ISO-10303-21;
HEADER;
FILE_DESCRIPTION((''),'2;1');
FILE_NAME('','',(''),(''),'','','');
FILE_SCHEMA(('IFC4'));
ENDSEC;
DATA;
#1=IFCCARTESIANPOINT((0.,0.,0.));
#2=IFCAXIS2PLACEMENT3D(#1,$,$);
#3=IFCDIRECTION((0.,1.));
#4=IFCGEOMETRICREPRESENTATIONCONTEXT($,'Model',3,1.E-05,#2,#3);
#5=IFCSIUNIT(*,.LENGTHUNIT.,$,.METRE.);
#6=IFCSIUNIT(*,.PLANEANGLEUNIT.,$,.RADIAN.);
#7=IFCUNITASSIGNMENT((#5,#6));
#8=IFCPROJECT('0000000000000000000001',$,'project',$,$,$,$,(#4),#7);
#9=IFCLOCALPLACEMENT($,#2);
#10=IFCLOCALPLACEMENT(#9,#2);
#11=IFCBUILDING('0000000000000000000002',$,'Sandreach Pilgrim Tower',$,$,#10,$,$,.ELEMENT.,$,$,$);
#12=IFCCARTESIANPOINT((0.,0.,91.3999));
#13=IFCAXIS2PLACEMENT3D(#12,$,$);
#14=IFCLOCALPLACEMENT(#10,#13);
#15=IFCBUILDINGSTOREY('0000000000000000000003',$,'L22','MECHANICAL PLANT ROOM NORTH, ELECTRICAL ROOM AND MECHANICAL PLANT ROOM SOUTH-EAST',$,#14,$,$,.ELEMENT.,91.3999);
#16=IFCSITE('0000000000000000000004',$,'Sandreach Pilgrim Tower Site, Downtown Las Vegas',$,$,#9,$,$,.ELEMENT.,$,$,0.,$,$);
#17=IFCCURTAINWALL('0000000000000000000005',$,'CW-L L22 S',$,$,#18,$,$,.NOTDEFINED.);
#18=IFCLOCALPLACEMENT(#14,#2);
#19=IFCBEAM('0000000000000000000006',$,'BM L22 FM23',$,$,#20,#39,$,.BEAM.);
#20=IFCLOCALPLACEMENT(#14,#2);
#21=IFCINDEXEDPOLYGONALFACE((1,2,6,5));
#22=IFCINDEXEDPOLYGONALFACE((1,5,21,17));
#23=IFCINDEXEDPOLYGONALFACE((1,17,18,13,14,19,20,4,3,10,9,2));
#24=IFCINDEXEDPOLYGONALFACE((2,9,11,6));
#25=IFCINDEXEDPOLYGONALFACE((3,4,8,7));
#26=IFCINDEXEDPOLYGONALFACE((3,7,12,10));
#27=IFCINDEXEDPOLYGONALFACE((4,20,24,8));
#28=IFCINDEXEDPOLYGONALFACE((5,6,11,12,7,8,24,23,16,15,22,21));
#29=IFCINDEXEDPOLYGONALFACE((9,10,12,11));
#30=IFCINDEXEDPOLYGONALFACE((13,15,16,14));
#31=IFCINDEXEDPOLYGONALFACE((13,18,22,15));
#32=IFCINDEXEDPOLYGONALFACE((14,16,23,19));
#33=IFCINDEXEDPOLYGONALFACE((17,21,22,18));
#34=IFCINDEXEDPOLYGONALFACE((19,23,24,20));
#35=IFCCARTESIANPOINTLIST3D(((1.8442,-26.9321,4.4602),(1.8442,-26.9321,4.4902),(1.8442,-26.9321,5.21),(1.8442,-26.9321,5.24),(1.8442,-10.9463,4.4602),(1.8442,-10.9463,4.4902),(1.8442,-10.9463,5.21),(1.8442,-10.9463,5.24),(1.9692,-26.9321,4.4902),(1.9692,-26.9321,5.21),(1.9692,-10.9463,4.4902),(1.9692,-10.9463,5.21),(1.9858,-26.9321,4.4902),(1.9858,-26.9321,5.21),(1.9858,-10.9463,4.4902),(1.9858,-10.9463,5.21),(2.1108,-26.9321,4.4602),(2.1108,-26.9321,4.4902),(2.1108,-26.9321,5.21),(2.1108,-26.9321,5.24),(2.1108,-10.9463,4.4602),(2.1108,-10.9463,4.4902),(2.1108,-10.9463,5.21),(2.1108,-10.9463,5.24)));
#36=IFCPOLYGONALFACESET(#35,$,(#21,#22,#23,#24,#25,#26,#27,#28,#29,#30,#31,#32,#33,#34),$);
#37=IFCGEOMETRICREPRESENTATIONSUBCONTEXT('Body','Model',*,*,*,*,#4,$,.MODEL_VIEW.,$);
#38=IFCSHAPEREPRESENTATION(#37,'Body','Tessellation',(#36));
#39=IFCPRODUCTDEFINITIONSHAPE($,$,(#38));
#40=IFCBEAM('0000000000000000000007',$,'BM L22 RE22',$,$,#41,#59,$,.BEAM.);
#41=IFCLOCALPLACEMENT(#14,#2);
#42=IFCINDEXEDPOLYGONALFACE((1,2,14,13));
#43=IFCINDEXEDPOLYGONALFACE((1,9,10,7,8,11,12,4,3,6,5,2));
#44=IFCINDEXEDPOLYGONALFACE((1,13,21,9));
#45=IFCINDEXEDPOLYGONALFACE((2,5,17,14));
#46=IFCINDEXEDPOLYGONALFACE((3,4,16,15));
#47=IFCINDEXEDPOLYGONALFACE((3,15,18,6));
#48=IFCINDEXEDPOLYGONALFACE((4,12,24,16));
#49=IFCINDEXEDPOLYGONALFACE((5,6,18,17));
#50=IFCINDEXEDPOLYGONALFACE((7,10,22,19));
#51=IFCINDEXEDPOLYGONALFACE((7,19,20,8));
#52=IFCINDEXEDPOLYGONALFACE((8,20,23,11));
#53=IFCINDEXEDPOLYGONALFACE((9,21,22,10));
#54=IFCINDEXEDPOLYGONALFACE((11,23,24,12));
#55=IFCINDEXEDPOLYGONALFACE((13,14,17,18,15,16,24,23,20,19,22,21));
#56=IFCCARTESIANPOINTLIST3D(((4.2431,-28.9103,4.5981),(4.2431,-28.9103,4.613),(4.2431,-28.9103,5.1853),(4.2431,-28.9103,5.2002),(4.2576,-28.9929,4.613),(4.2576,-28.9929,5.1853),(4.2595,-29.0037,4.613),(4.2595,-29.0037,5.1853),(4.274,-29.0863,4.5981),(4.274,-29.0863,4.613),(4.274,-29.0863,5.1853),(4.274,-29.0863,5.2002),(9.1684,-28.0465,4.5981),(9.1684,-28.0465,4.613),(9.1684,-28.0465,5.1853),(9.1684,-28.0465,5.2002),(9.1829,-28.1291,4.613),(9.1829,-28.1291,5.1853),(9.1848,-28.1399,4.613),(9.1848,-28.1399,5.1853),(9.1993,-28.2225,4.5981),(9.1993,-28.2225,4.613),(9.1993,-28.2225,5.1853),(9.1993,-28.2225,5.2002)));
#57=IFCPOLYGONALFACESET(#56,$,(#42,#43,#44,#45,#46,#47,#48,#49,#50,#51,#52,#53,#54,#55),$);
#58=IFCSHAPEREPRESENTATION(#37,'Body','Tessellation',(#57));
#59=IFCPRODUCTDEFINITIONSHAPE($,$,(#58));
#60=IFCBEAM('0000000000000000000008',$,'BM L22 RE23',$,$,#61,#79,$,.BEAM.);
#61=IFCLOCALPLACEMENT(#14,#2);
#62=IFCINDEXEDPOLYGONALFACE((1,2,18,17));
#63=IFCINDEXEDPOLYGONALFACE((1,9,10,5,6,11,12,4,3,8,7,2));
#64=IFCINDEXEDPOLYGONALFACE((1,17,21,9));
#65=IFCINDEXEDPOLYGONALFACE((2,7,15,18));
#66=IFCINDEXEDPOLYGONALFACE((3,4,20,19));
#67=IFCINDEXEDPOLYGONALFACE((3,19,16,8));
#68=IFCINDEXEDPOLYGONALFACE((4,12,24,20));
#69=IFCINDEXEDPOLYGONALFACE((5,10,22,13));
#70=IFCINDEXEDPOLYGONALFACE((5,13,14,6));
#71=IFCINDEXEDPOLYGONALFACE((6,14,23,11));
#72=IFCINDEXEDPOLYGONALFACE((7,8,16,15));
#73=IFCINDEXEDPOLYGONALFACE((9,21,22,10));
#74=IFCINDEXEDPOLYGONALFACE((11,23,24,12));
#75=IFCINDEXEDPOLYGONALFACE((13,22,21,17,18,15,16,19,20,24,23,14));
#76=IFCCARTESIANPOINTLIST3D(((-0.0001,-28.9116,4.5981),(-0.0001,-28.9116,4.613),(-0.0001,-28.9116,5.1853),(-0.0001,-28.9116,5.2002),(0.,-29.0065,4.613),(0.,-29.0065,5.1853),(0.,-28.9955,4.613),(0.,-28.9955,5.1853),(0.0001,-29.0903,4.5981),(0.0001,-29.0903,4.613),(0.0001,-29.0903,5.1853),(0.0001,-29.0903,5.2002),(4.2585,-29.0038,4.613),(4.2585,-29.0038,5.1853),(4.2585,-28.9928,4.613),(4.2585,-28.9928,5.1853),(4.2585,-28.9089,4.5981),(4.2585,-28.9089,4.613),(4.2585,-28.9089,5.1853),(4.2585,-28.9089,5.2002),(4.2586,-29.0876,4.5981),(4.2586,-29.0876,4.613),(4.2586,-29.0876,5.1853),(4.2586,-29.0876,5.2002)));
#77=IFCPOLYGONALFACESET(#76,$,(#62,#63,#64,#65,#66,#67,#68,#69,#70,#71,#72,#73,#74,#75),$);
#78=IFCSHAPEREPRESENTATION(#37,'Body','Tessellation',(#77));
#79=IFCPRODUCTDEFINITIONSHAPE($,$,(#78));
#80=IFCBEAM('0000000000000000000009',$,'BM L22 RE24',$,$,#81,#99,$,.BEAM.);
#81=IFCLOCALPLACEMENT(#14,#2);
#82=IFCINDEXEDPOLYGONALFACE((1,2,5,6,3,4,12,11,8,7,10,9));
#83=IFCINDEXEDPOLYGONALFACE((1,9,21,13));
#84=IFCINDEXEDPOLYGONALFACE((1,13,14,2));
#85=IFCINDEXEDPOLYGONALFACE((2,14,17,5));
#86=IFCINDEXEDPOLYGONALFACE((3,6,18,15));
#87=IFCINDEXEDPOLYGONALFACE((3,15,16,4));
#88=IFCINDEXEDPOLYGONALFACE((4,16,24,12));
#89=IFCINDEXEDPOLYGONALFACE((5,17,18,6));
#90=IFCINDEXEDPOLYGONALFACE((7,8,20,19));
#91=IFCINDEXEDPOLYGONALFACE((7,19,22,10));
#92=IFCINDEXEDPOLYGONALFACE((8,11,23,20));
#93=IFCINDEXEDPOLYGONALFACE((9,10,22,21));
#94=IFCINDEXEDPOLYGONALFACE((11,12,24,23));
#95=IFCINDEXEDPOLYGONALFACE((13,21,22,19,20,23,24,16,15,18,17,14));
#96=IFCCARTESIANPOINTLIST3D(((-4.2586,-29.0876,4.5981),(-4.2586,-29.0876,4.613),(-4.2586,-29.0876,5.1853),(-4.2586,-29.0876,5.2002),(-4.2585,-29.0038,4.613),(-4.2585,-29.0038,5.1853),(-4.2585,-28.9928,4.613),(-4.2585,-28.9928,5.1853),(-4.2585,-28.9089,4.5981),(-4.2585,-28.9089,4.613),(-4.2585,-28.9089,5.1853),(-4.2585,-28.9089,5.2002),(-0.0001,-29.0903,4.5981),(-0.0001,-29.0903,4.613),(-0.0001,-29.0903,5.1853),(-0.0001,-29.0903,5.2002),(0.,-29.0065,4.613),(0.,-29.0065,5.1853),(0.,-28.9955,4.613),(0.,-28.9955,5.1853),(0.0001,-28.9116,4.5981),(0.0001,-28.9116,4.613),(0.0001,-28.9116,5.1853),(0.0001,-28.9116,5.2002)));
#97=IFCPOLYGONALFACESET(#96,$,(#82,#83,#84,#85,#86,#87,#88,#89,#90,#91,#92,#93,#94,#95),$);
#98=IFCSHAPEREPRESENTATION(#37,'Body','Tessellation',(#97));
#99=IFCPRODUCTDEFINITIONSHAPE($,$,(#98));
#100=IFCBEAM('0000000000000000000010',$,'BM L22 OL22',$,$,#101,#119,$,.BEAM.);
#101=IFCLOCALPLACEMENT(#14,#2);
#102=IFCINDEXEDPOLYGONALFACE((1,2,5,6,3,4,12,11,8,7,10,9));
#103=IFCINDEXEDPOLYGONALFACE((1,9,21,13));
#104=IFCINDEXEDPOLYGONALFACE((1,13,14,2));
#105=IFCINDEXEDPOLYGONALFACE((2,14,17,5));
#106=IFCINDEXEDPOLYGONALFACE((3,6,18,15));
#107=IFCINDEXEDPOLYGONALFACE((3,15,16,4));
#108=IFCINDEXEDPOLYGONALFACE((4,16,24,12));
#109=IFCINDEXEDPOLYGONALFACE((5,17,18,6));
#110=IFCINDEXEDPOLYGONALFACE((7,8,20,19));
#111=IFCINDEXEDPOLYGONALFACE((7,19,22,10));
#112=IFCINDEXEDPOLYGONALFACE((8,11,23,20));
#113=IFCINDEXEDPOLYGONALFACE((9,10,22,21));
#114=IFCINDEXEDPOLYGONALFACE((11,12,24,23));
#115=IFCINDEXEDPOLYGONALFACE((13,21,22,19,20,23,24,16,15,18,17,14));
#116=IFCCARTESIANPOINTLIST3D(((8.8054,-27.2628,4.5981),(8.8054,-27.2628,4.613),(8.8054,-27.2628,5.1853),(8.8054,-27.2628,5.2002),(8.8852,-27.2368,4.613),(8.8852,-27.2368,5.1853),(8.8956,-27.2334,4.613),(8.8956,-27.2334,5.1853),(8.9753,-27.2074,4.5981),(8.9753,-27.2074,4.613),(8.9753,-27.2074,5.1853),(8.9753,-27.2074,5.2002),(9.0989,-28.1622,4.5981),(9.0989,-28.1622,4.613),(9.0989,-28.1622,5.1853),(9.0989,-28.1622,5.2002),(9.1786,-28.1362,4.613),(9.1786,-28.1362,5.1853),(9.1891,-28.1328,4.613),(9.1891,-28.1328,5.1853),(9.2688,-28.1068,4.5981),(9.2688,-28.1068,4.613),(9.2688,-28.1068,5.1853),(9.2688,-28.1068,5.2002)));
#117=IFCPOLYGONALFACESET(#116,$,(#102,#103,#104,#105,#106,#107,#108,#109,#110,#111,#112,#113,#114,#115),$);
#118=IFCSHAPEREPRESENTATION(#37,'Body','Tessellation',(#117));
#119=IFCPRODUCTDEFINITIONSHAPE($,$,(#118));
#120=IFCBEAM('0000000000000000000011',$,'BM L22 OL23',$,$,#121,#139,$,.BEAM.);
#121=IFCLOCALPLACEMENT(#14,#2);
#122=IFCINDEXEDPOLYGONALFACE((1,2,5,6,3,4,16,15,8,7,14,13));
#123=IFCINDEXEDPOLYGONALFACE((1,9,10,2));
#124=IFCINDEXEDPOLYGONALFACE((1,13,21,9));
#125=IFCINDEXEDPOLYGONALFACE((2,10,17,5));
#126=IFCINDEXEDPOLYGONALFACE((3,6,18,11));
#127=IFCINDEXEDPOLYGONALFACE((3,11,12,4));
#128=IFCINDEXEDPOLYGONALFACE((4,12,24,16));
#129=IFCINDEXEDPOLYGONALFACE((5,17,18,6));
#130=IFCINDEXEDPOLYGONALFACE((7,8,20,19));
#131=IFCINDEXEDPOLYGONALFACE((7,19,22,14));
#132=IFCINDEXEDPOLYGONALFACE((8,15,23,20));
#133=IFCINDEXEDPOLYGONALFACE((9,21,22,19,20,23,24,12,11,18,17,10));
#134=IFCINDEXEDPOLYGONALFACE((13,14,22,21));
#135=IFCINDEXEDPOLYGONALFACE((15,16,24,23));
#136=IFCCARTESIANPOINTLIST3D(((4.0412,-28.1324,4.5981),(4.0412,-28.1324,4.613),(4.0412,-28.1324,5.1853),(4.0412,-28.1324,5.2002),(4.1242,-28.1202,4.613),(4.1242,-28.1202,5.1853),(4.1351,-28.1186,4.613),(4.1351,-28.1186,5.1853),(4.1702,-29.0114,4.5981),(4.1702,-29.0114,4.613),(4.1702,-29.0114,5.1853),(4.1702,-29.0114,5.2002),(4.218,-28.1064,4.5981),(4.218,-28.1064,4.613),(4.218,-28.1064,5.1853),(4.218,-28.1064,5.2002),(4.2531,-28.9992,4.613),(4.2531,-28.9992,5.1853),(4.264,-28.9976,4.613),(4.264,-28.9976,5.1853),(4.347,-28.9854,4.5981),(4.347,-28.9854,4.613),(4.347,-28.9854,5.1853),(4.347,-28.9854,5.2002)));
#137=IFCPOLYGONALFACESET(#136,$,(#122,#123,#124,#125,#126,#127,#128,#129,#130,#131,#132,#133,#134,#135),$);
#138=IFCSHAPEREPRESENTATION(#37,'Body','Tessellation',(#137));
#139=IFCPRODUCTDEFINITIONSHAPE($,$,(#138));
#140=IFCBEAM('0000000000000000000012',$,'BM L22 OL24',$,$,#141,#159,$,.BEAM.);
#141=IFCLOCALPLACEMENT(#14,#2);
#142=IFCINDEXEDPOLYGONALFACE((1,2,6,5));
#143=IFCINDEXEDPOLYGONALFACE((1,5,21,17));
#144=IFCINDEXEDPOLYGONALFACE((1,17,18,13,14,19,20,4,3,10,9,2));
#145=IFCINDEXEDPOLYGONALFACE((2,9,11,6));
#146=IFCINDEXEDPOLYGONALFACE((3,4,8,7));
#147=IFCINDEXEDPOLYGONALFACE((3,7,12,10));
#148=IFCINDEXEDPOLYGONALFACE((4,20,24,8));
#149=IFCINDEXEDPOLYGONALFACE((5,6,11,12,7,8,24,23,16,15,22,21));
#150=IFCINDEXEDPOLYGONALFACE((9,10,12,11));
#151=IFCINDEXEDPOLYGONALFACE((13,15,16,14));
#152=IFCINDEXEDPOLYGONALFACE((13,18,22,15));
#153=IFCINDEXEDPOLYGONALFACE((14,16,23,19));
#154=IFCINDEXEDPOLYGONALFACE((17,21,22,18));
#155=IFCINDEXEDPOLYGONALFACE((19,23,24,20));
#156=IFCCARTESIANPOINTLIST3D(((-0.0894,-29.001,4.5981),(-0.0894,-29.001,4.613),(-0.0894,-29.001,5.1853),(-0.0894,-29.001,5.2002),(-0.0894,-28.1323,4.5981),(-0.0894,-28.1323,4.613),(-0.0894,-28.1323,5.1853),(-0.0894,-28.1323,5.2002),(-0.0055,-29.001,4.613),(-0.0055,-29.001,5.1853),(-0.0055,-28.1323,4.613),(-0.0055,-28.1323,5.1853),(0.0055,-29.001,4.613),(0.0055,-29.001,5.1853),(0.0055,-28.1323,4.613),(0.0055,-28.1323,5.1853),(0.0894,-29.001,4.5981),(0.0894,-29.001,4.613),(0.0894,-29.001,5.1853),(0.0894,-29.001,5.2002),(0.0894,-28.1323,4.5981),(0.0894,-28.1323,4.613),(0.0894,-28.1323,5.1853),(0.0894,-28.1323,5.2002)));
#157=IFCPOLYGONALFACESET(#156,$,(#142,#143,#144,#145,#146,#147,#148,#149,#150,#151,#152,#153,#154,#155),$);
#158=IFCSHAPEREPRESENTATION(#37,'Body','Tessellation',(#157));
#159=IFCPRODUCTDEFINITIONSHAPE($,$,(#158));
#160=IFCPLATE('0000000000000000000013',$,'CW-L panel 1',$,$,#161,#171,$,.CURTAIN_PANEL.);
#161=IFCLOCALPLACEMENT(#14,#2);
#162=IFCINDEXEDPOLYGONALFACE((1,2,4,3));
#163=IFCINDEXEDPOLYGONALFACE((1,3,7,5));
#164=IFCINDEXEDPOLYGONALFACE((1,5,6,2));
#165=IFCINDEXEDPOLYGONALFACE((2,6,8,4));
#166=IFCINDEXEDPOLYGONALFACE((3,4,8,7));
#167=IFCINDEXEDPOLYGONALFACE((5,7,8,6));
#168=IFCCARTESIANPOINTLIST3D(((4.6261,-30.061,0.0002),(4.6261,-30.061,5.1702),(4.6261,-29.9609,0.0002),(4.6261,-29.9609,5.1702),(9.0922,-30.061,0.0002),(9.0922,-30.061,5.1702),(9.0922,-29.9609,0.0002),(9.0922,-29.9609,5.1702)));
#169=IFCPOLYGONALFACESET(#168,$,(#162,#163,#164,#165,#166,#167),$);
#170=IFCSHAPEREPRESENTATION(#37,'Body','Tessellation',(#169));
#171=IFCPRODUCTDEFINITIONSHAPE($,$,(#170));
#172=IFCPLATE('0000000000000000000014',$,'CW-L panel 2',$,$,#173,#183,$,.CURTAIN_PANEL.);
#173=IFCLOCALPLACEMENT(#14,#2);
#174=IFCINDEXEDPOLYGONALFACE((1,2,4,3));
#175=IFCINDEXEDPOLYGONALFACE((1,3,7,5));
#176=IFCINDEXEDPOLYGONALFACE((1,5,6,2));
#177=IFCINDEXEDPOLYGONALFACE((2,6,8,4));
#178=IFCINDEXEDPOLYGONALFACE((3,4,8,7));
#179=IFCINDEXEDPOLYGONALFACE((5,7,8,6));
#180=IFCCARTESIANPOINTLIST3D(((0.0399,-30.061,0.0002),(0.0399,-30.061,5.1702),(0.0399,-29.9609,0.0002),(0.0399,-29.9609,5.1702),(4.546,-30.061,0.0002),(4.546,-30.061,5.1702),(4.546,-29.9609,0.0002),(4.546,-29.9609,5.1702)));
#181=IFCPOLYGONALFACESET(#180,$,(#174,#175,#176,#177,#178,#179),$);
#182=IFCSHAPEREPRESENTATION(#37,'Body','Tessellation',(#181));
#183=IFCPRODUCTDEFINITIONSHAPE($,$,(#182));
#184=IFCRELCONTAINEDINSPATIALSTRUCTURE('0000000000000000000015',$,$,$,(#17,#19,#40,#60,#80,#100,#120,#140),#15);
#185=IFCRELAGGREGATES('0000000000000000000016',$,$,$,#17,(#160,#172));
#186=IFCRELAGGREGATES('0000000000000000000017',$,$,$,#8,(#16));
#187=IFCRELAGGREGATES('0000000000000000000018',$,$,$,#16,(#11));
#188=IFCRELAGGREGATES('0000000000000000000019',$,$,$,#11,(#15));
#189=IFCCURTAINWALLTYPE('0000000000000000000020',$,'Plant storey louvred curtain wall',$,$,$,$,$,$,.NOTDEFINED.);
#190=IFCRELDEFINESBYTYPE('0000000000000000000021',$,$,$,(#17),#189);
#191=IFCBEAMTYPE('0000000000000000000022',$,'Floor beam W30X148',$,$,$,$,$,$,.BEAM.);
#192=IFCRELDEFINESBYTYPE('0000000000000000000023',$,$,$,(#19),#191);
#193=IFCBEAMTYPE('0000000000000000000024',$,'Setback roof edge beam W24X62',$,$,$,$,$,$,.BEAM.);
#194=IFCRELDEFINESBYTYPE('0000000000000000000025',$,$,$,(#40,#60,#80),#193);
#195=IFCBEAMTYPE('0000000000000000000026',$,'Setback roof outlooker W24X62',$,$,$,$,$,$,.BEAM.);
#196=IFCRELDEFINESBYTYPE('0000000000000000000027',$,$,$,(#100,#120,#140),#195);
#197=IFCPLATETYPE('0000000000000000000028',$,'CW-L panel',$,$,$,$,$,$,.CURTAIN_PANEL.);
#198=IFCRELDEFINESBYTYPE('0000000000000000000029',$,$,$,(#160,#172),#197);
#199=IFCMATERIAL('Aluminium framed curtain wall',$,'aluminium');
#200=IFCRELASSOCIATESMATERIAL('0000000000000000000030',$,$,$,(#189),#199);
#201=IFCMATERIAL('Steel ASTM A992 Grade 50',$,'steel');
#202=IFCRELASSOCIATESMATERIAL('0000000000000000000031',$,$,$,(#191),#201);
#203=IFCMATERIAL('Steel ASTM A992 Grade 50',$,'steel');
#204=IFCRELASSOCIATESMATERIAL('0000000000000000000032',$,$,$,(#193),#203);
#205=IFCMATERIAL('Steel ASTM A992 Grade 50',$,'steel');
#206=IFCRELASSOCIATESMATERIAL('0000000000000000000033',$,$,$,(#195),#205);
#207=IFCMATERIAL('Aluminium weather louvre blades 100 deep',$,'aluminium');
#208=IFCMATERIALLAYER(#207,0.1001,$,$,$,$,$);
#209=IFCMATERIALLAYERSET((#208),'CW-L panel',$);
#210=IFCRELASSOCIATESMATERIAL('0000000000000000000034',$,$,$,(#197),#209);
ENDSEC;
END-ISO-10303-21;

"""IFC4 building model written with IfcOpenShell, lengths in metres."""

from ifc_helpers import new_model, si_unit, direction, frame, origin, origin_2d, place, context, subcontext, project, spatial, rectangle, i_section, extrude, material, layer, layer_set, material_profile, profile_set, type_object, element, aggregate, save


model = new_model("IFC4")

# Units and contexts
model_context = context("Model", 3, precision=1e-05, world=origin(), true_north=direction((0.0, 1.0)))
body_context = subcontext(model_context, "Body", "Model", "MODEL_VIEW")
ifc_project = project(units=[si_unit("LENGTHUNIT", "METRE"), si_unit("PLANEANGLEUNIT", "RADIAN")], contexts=[model_context])

# Site, building, storey
site_placement = place(None, origin())
site = spatial("IfcSite", under=ifc_project, at=site_placement, Name="Sandreach Pilgrim Tower Site, Downtown Las Vegas", CompositionType="ELEMENT", RefElevation=0.0)
building_placement = place(site_placement, origin())
building = spatial("IfcBuilding", under=site, at=building_placement, Name="Sandreach Pilgrim Tower", CompositionType="ELEMENT")
storey_placement = place(building_placement, frame((0.0, 0.0, 91.3999)))
storey = spatial("IfcBuildingStorey", under=building, at=storey_placement, Name="L22", Description="MECHANICAL PLANT ROOM NORTH, ELECTRICAL ROOM AND MECHANICAL PLANT ROOM SOUTH-EAST", CompositionType="ELEMENT", Elevation=91.3999)

# Curtain wall
ifc_material_1 = material(Name="Aluminium framed curtain wall", Category="aluminium")
curtain_wall_type = type_object("IfcCurtainWallType", Name="Plant storey louvred curtain wall", PredefinedType="NOTDEFINED", material=ifc_material_1)
curtain_wall_placement = place(storey_placement, origin())
curtain_wall = element("IfcCurtainWall", 1, at=curtain_wall_placement, inside=storey, type_object=curtain_wall_type, Name="CW-L L22 S", PredefinedType="NOTDEFINED")

# Beams
ifc_material_2 = material(Name="Steel ASTM A992 Grade 50", Category="steel")
ifc_material_profile_1 = material_profile(ifc_material_2, i_section(OverallWidth=0.2666, OverallDepth=0.7798, WebThickness=0.0166, FlangeThickness=0.03, at=origin_2d()), Name="W30X148")
ifc_profile_set_1 = profile_set([ifc_material_profile_1], Name="Steel ASTM A992 Grade 50")
beam_type_1 = type_object("IfcBeamType", Name="Floor beam W30X148", PredefinedType="BEAM", material=ifc_profile_set_1)
beam_1_placement = place(storey_placement, frame((1.9775, -26.9321, 4.8501), z_axis=(0.0, 1.0, 0.0), x_axis=(-1.0, 0.0, 0.0)))
element("IfcBeam", 2, at=beam_1_placement, inside=storey, type_object=beam_type_1, Name="BM L22 FM23", PredefinedType="BEAM", context=body_context, shape_type="SweptSolid", body=[
    extrude(i_section(OverallWidth=0.2666, OverallDepth=0.7798, WebThickness=0.0166, FlangeThickness=0.03, at=origin_2d()), origin(), (0.0, 0.0, 1.0), 15.9858),
])
ifc_material_3 = material(Name="Steel ASTM A992 Grade 50", Category="steel")
ifc_material_profile_2 = material_profile(ifc_material_3, i_section(OverallWidth=0.1787, OverallDepth=0.6021, WebThickness=0.011, FlangeThickness=0.0149, at=origin_2d()), Name="W24X62")
ifc_profile_set_2 = profile_set([ifc_material_profile_2], Name="Steel ASTM A992 Grade 50")
beam_type_2 = type_object("IfcBeamType", Name="Setback roof edge beam W24X62", PredefinedType="BEAM", material=ifc_profile_set_2)
beam_2_placement = place(storey_placement, frame((9.1838, -28.1345, 4.8992), z_axis=(-0.984968, -0.172738, 0.0), x_axis=(0.172738, -0.984968, 0.0)))
element("IfcBeam", 3, at=beam_2_placement, inside=storey, type_object=beam_type_2, Name="BM L22 RE22", PredefinedType="BEAM", context=body_context, shape_type="SweptSolid", body=[
    extrude(i_section(OverallWidth=0.1787, OverallDepth=0.6021, WebThickness=0.011, FlangeThickness=0.0149, at=origin_2d()), origin(), (0.0, 0.0, 1.0), 5.0005),
])
for number, where, z_axis, x_axis, name in (
    (4, (4.2585, -28.9983, 4.8992), (-1.0, -0.000631, 0.0), (0.000631, -1.0, 0.0), "BM L22 RE23"),
    (5, (0.0, -29.001, 4.8992), (-1.0, 0.000631, 0.0), (-0.000631, -1.0, 0.0), "BM L22 RE24"),
):
    element("IfcBeam", number, at=place(storey_placement, frame(where, z_axis=z_axis, x_axis=x_axis)), inside=storey, type_object=beam_type_2, Name=name, PredefinedType="BEAM", context=body_context, shape_type="SweptSolid", body=[
        extrude(i_section(OverallWidth=0.1787, OverallDepth=0.6021, WebThickness=0.011, FlangeThickness=0.0149, at=origin_2d()), origin(), (0.0, 0.0, 1.0), 4.2585),
    ])
ifc_material_4 = material(Name="Steel ASTM A992 Grade 50", Category="steel")
ifc_material_profile_3 = material_profile(ifc_material_4, i_section(OverallWidth=0.1787, OverallDepth=0.6021, WebThickness=0.011, FlangeThickness=0.0149, at=origin_2d()), Name="W24X62")
ifc_profile_set_3 = profile_set([ifc_material_profile_3], Name="Steel ASTM A992 Grade 50")
beam_type_3 = type_object("IfcBeamType", Name="Setback roof outlooker W24X62", PredefinedType="BEAM", material=ifc_profile_set_3)
beam_3_placement = place(storey_placement, frame((8.8904, -27.2351, 4.8992), z_axis=(0.310183, -0.950677, 0.0), x_axis=(0.950677, 0.310183, 0.0)))
element("IfcBeam", 6, at=beam_3_placement, inside=storey, type_object=beam_type_3, Name="BM L22 OL22", PredefinedType="BEAM", context=body_context, shape_type="SweptSolid", body=[
    extrude(i_section(OverallWidth=0.1787, OverallDepth=0.6021, WebThickness=0.011, FlangeThickness=0.0149, at=origin_2d()), origin(), (0.0, 0.0, 1.0), 0.946),
])
beam_4_placement = place(storey_placement, frame((4.1296, -28.1194, 4.8992), z_axis=(0.145114, -0.989415, 0.0), x_axis=(0.989415, 0.145114, 0.0)))
element("IfcBeam", 7, at=beam_4_placement, inside=storey, type_object=beam_type_3, Name="BM L22 OL23", PredefinedType="BEAM", context=body_context, shape_type="SweptSolid", body=[
    extrude(i_section(OverallWidth=0.1787, OverallDepth=0.6021, WebThickness=0.011, FlangeThickness=0.0149, at=origin_2d()), origin(), (0.0, 0.0, 1.0), 0.8884),
])
beam_5_placement = place(storey_placement, frame((0.0, -28.1323, 4.8992), z_axis=(0.0, -1.0, 0.0), x_axis=(1.0, 0.0, 0.0)))
element("IfcBeam", 8, at=beam_5_placement, inside=storey, type_object=beam_type_3, Name="BM L22 OL24", PredefinedType="BEAM", context=body_context, shape_type="SweptSolid", body=[
    extrude(i_section(OverallWidth=0.1787, OverallDepth=0.6021, WebThickness=0.011, FlangeThickness=0.0149, at=origin_2d()), origin(), (0.0, 0.0, 1.0), 0.8687),
])

# Plates
ifc_material_5 = material(Name="Aluminium weather louvre blades 100 deep", Category="aluminium")
ifc_layer_1 = layer(ifc_material_5, 0.1001)
ifc_layer_set_1 = layer_set([ifc_layer_1], Name="CW-L panel")
plate_type = type_object("IfcPlateType", Name="CW-L panel", PredefinedType="CURTAIN_PANEL", material=ifc_layer_set_1)
plate_1_placement = place(storey_placement, frame((6.8591, -30.011, 0.0002), z_axis=(0.0, 0.0, 1.0), x_axis=(-1.0, 0.0, 0.0)))
plate_1 = element("IfcPlate", 9, at=plate_1_placement, type_object=plate_type, Name="CW-L panel 1", PredefinedType="CURTAIN_PANEL", context=body_context, shape_type="SweptSolid", body=[
    extrude(rectangle(XDim=4.4661, YDim=0.1001, at=origin_2d()), origin(), (0.0, 0.0, 1.0), 5.1699),
])
plate_2_placement = place(storey_placement, frame((2.293, -30.011, 0.0002), z_axis=(0.0, 0.0, 1.0), x_axis=(-1.0, 0.0, 0.0)))
plate_2 = element("IfcPlate", 10, at=plate_2_placement, type_object=plate_type, Name="CW-L panel 2", PredefinedType="CURTAIN_PANEL", context=body_context, shape_type="SweptSolid", body=[
    extrude(rectangle(XDim=4.5061, YDim=0.1001, at=origin_2d()), origin(), (0.0, 0.0, 1.0), 5.1699),
])
aggregate(curtain_wall, [plate_1, plate_2])

save(model, "model.ifc")
